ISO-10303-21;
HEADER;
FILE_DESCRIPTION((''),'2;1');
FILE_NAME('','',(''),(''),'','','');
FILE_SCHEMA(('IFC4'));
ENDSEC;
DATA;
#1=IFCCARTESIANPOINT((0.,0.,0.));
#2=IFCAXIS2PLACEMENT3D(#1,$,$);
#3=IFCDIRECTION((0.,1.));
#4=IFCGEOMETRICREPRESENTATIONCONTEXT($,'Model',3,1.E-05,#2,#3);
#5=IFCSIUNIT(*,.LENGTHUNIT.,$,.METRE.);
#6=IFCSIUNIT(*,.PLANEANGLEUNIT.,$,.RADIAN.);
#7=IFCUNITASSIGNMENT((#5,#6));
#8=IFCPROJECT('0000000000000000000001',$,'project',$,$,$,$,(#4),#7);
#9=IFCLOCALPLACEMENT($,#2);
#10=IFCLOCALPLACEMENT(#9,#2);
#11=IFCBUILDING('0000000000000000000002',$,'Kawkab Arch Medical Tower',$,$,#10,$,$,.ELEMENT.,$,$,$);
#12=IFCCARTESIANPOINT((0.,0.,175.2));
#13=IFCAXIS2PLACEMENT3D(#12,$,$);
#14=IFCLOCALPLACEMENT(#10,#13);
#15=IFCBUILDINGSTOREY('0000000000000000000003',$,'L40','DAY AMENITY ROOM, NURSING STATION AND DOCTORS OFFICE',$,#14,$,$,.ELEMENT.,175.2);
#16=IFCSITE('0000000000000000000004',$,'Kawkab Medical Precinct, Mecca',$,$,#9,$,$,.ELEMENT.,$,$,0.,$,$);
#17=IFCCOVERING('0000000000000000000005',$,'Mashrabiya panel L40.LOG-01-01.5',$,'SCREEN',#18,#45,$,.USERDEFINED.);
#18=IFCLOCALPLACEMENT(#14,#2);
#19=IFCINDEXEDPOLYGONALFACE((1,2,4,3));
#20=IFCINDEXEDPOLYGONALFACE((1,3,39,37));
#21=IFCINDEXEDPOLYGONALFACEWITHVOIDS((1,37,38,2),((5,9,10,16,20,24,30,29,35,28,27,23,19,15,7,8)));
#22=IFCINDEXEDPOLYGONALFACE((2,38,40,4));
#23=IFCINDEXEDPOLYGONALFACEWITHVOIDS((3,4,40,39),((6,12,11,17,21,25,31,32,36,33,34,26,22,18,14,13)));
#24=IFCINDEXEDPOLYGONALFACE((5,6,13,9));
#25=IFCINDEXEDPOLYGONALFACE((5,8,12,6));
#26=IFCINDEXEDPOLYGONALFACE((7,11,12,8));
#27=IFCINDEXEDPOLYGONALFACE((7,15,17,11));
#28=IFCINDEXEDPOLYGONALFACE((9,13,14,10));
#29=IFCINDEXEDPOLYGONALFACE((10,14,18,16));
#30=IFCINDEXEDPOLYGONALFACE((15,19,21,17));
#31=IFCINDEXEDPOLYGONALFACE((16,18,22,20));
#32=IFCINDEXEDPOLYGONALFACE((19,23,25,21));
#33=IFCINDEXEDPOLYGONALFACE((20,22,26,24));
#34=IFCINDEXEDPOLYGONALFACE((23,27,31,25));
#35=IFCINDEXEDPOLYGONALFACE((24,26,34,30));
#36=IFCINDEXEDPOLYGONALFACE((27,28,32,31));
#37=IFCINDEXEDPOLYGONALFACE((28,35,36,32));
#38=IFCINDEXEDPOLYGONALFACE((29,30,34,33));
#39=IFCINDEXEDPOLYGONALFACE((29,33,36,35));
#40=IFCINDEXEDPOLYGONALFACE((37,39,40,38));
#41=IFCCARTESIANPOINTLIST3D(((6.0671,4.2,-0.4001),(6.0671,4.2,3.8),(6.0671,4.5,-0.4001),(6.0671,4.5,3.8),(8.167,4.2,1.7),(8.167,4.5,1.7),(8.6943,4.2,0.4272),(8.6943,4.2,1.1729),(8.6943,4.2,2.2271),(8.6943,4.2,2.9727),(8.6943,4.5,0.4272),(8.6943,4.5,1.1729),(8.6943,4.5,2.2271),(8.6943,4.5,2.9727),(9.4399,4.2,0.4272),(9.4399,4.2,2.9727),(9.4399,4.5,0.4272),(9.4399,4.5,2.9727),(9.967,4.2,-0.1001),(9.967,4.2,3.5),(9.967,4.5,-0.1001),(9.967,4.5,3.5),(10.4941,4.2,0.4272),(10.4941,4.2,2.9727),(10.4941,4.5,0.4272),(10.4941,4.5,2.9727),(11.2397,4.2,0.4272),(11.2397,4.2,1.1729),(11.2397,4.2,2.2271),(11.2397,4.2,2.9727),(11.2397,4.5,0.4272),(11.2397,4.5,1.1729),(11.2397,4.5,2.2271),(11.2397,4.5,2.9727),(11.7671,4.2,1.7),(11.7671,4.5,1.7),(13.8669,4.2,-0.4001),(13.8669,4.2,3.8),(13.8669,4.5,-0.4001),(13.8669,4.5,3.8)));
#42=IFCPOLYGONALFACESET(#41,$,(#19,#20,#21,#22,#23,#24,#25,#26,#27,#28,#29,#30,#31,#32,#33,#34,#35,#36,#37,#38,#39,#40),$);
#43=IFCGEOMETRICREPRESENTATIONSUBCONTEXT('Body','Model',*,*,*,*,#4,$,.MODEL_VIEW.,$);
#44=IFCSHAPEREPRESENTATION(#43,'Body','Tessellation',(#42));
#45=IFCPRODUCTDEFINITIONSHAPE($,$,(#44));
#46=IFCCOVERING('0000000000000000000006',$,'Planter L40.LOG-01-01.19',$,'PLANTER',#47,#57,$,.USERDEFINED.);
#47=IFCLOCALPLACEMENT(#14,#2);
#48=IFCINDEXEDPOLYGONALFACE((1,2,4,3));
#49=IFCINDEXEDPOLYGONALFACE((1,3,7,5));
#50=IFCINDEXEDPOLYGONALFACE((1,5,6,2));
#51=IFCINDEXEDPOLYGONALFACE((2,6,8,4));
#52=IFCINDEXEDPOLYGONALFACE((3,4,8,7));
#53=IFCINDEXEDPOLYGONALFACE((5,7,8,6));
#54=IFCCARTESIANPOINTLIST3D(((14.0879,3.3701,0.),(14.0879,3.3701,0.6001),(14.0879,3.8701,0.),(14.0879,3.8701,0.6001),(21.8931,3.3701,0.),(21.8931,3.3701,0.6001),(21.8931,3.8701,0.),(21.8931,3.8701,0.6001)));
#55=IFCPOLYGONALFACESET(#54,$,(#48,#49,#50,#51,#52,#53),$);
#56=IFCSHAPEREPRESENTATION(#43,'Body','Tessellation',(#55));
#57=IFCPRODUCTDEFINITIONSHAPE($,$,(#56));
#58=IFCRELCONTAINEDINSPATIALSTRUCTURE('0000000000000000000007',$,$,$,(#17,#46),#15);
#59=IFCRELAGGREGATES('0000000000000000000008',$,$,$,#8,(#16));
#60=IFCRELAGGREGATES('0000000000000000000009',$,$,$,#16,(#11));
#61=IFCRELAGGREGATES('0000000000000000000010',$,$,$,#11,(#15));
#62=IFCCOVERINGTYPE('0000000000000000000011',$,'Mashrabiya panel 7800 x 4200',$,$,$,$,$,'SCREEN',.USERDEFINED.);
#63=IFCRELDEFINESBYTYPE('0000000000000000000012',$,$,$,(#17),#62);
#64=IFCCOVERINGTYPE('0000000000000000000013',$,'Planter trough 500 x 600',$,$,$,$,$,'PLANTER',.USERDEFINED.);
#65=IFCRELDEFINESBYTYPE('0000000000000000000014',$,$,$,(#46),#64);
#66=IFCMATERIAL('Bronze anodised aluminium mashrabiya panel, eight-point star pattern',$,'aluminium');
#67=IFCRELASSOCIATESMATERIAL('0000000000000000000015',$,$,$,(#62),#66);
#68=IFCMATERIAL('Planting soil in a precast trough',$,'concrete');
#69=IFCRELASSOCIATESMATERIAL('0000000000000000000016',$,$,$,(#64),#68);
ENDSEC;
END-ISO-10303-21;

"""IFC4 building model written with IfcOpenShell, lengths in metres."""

from ifc_helpers import new_model, si_unit, direction, frame, origin, origin_2d, place, context, subcontext, project, spatial, polyline, rectangle, outline, extrude, material, material_profile, profile_set, type_object, element, save


model = new_model("IFC4")

# Units and contexts
model_context = context("Model", 3, precision=1e-05, world=origin(), true_north=direction((0.0, 1.0)))
body_context = subcontext(model_context, "Body", "Model", "MODEL_VIEW")
ifc_project = project(units=[si_unit("LENGTHUNIT", "METRE"), si_unit("PLANEANGLEUNIT", "RADIAN")], contexts=[model_context])

# Site, building, storey
site_placement = place(None, origin())
site = spatial("IfcSite", under=ifc_project, at=site_placement, Name="Kawkab Medical Precinct, Mecca", CompositionType="ELEMENT", RefElevation=0.0)
building_placement = place(site_placement, origin())
building = spatial("IfcBuilding", under=site, at=building_placement, Name="Kawkab Arch Medical Tower", CompositionType="ELEMENT")
storey_placement = place(building_placement, frame((0.0, 0.0, 175.2)))
storey = spatial("IfcBuildingStorey", under=building, at=storey_placement, Name="L40", Description="DAY AMENITY ROOM, NURSING STATION AND DOCTORS OFFICE", CompositionType="ELEMENT", Elevation=175.2)

# Coverings
ifc_material_1 = material(Name="Bronze anodised aluminium mashrabiya panel, eight-point star pattern", Category="aluminium")
ifc_material_profile_1 = material_profile(ifc_material_1, outline(polyline([(-3.8999, -2.1001), (3.8999, -2.1001), (3.8999, 2.1001), (-3.8999, 2.1001), (-3.8999, -2.1001)]), holes=[polyline([(1.8, 0.0), (1.2727, 0.5271), (1.2727, 1.2727), (0.5271, 1.2727), (0.0, 1.8), (-0.5271, 1.2727), (-1.2727, 1.2727), (-1.2727, 0.5271), (-1.8, 0.0), (-1.2727, -0.5271), (-1.2727, -1.2727), (-0.5271, -1.2727), (0.0, -1.8), (0.5271, -1.2727), (1.2727, -1.2727), (1.2727, -0.5271), (1.8, 0.0)])]), Name="Mashrabiya panel 7800x4200")
ifc_profile_set_1 = profile_set([ifc_material_profile_1], Name="Bronze anodised aluminium mashrabiya panel, eight-point star pattern")
covering_type_1 = type_object("IfcCoveringType", Name="Mashrabiya panel 7800 x 4200", ElementType="SCREEN", PredefinedType="USERDEFINED", material=ifc_profile_set_1)
covering_1_placement = place(storey_placement, frame((9.967, 4.2, 1.7), z_axis=(0.0, 1.0, 0.0), x_axis=(-1.0, 0.0, 0.0)))
element("IfcCovering", 1, at=covering_1_placement, inside=storey, type_object=covering_type_1, Name="Mashrabiya panel L40.LOG-01-01.5", ObjectType="SCREEN", PredefinedType="USERDEFINED", context=body_context, shape_type="SweptSolid", body=[
    extrude(outline(polyline([(-3.8999, -2.1001), (3.8999, -2.1001), (3.8999, 2.1001), (-3.8999, 2.1001), (-3.8999, -2.1001)]), holes=[polyline([(1.8, 0.0), (1.2727, 0.5271), (1.2727, 1.2727), (0.5271, 1.2727), (0.0, 1.8), (-0.5271, 1.2727), (-1.2727, 1.2727), (-1.2727, 0.5271), (-1.8, 0.0), (-1.2727, -0.5271), (-1.2727, -1.2727), (-0.5271, -1.2727), (0.0, -1.8), (0.5271, -1.2727), (1.2727, -1.2727), (1.2727, -0.5271), (1.8, 0.0)])]), origin(), (0.0, 0.0, 1.0), 0.3),
])
ifc_material_2 = material(Name="Planting soil in a precast trough", Category="concrete")
ifc_material_profile_2 = material_profile(ifc_material_2, rectangle(XDim=0.5, YDim=0.6001, at=origin_2d()), Name="Trough 500x600")
ifc_profile_set_2 = profile_set([ifc_material_profile_2], Name="Planting soil in a precast trough")
covering_type_2 = type_object("IfcCoveringType", Name="Planter trough 500 x 600", ElementType="PLANTER", PredefinedType="USERDEFINED", material=ifc_profile_set_2)
covering_2_placement = place(storey_placement, frame((14.0879, 3.6201, 0.3), z_axis=(1.0, 0.0, 0.0), x_axis=(0.0, 1.0, 0.0)))
element("IfcCovering", 2, at=covering_2_placement, inside=storey, type_object=covering_type_2, Name="Planter L40.LOG-01-01.19", ObjectType="PLANTER", PredefinedType="USERDEFINED", context=body_context, shape_type="SweptSolid", body=[
    extrude(rectangle(XDim=0.5, YDim=0.6001, at=origin_2d()), origin(), (0.0, 0.0, 1.0), 7.8052),
])

save(model, "model.ifc")
